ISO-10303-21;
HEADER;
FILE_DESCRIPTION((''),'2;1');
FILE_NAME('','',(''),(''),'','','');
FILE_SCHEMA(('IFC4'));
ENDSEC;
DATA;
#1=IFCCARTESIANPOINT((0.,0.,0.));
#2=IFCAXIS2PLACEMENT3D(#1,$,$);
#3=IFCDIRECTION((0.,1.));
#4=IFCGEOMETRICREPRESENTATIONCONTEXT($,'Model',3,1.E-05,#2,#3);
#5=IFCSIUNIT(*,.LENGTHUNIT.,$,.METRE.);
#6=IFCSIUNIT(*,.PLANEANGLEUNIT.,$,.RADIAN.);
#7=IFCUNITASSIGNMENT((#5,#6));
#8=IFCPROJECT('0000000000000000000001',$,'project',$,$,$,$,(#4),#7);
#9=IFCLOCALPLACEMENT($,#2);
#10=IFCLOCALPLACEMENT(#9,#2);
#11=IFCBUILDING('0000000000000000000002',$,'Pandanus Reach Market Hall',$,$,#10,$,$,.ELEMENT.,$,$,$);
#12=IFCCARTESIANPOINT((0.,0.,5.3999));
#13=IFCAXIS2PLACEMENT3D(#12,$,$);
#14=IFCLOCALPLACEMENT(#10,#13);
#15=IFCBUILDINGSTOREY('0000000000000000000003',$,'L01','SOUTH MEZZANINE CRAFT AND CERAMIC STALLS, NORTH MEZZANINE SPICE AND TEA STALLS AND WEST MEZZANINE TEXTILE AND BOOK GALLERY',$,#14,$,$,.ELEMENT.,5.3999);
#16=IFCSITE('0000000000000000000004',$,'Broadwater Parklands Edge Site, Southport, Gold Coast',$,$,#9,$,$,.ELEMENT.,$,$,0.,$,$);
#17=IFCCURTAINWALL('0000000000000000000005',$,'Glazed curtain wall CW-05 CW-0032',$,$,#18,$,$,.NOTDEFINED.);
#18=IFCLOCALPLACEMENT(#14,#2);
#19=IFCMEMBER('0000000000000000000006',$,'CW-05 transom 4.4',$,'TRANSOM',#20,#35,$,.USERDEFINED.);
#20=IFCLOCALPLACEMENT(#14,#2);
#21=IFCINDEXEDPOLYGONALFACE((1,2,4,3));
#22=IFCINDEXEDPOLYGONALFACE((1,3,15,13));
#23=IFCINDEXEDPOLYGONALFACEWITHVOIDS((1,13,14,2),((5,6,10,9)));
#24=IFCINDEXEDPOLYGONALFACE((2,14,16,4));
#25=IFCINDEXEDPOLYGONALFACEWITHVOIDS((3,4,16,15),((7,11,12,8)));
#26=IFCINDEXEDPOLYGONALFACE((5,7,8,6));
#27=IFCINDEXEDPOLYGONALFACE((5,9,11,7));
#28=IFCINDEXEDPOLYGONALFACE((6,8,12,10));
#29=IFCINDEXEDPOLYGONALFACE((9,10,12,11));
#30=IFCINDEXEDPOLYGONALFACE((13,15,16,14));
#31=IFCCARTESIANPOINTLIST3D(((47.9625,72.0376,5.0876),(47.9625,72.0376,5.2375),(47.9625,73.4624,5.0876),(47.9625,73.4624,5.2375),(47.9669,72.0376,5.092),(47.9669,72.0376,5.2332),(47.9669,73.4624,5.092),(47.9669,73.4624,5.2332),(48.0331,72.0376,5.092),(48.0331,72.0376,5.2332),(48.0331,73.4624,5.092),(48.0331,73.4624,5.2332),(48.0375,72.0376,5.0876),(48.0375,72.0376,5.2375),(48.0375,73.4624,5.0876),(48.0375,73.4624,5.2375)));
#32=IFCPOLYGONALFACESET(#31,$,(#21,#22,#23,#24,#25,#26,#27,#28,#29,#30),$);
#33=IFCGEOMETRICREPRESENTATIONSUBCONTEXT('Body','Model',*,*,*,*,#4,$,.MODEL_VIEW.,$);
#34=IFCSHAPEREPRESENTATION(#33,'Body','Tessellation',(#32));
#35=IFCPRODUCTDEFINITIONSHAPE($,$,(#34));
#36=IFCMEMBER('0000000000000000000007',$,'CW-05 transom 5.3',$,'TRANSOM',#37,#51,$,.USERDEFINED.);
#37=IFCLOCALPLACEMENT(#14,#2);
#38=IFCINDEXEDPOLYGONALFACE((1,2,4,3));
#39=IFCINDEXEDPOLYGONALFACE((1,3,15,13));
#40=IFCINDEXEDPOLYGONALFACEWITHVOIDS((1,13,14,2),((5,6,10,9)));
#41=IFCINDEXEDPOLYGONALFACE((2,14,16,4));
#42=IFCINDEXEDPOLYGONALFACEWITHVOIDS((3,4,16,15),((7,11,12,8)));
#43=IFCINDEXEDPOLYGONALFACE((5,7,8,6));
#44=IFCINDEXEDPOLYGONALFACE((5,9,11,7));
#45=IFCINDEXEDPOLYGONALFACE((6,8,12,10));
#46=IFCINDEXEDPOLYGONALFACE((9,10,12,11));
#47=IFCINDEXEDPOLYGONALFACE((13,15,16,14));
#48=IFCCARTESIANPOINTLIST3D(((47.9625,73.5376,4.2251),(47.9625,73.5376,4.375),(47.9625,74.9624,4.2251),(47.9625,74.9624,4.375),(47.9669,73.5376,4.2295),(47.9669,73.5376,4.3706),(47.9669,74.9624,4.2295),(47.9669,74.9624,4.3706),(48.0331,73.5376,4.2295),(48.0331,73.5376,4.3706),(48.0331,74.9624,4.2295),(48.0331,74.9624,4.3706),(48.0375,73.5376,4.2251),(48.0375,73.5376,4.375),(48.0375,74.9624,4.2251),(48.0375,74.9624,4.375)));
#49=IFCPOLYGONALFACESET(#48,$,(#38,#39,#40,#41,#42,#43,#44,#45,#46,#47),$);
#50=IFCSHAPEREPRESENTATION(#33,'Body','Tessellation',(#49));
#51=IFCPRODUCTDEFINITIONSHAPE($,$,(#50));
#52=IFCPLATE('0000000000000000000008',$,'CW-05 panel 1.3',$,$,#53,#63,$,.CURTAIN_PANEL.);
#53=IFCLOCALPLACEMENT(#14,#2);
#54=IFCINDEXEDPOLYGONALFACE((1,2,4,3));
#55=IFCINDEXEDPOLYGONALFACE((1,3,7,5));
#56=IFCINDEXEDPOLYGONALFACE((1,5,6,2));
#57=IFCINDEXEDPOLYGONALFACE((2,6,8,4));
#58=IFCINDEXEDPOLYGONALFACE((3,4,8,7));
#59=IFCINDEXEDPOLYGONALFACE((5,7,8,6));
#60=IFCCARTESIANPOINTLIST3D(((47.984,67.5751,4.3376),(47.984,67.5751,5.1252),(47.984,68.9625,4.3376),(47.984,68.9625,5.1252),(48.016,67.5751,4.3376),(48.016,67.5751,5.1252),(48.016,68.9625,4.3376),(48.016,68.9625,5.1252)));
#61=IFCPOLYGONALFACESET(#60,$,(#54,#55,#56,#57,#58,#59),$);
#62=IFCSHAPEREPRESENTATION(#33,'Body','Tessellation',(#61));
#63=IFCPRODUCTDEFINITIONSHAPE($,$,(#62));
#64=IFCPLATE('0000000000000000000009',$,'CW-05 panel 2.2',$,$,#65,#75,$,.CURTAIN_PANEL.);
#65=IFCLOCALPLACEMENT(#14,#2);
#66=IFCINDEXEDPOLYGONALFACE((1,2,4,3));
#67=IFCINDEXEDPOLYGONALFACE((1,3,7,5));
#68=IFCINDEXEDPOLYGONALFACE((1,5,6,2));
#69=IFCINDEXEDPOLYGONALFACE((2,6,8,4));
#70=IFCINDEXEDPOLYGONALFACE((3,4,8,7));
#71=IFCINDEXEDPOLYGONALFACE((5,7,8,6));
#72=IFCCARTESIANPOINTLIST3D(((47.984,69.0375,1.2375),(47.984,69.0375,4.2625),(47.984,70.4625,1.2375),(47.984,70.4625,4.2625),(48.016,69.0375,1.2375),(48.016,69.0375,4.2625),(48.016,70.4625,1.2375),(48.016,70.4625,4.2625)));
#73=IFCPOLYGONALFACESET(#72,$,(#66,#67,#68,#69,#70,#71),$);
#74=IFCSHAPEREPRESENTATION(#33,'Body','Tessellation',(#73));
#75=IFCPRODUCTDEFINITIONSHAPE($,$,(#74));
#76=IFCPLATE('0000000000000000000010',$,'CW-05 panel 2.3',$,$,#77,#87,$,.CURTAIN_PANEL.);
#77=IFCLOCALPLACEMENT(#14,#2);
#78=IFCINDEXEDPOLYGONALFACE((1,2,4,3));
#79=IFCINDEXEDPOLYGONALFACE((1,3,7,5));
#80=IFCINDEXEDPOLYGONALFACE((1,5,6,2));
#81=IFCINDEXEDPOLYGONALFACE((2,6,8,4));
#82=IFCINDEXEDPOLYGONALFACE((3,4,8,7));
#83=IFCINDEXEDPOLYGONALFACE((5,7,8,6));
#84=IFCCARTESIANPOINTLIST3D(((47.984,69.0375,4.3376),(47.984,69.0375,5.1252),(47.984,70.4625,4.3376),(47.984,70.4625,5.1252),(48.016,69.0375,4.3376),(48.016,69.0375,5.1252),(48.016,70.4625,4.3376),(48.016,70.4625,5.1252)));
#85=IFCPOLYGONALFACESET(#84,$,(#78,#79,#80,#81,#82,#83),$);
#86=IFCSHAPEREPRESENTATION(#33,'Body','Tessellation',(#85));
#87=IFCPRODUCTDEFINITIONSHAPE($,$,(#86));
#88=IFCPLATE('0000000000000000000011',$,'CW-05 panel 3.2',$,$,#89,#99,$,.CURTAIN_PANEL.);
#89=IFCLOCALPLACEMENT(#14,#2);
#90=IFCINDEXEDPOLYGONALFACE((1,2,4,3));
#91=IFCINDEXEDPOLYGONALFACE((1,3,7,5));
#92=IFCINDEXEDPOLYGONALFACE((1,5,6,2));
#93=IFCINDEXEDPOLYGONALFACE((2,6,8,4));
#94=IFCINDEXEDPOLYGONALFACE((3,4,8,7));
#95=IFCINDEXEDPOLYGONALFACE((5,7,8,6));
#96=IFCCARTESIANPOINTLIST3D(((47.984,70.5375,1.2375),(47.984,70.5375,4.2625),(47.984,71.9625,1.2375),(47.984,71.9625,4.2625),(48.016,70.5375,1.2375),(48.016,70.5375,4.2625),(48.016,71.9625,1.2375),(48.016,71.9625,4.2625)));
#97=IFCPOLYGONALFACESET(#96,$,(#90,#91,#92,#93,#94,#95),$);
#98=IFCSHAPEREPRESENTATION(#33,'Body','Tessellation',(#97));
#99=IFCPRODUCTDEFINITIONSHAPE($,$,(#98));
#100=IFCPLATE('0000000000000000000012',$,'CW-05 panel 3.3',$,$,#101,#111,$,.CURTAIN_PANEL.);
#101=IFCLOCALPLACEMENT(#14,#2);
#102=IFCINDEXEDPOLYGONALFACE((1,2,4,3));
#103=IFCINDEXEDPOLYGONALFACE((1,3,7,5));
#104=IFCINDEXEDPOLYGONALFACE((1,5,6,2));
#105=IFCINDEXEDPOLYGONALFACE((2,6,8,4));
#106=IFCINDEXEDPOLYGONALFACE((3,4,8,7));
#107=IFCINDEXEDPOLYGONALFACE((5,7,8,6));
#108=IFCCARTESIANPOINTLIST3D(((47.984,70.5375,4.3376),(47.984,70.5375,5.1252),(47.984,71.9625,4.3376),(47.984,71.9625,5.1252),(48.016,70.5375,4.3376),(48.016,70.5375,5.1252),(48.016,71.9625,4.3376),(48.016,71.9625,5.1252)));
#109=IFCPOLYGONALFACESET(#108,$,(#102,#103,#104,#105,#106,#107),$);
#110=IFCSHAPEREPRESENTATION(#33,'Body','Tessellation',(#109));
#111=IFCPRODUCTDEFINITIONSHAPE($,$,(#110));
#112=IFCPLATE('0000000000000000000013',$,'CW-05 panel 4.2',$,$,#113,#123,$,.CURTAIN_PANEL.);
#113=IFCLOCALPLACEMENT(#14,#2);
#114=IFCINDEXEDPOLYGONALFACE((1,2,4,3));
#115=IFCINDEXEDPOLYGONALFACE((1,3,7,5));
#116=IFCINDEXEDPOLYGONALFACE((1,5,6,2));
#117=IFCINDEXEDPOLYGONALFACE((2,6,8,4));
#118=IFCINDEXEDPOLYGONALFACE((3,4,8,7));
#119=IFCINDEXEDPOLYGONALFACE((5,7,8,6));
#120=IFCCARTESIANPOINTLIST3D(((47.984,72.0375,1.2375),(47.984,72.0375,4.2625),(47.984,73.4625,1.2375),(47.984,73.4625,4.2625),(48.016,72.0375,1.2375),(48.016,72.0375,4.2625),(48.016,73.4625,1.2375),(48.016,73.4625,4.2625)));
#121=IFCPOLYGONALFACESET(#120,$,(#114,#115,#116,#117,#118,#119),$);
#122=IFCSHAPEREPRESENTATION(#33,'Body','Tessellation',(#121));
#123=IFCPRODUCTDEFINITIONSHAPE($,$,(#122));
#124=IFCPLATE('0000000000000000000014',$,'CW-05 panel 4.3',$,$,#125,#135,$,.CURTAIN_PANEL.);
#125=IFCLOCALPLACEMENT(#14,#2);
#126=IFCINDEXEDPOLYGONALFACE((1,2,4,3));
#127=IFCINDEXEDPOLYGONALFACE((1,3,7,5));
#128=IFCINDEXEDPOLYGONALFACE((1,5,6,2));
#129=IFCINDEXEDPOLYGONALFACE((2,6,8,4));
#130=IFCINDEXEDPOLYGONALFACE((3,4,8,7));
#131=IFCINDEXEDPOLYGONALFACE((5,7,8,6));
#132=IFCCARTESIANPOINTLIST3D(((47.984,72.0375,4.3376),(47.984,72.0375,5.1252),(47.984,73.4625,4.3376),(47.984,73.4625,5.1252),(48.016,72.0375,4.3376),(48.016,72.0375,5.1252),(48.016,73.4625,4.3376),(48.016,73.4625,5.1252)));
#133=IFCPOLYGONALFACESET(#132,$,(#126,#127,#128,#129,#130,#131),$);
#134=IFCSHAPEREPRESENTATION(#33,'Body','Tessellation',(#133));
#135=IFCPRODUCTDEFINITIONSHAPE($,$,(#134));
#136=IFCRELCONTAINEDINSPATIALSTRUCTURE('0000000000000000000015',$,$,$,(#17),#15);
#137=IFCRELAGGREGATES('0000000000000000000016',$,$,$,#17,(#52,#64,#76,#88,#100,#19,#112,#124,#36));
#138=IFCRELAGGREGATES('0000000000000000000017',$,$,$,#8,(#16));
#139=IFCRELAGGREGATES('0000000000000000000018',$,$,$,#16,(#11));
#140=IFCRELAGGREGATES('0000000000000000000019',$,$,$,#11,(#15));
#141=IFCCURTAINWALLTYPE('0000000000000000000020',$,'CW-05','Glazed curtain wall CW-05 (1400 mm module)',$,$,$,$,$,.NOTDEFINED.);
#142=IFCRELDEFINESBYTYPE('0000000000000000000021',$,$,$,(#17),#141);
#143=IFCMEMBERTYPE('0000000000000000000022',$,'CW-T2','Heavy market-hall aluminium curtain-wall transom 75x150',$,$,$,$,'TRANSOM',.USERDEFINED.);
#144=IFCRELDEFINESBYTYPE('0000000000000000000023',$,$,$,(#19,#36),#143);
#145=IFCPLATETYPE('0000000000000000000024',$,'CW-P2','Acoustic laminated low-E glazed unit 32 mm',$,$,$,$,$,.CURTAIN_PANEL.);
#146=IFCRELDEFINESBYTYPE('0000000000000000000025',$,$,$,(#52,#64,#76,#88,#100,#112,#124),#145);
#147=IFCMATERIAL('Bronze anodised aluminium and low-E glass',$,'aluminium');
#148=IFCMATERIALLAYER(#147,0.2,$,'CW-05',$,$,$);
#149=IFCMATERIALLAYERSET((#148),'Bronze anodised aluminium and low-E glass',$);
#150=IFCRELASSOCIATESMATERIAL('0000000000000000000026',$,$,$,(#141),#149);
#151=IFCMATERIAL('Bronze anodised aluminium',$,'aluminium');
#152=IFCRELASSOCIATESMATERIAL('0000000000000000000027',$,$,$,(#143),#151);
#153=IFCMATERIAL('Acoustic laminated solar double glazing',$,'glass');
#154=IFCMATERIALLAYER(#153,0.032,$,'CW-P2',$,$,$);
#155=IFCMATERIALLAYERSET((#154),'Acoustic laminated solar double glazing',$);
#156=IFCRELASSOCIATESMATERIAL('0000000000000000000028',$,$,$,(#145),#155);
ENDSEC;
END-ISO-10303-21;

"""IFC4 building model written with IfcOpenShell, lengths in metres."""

from ifc_helpers import new_model, si_unit, direction, frame, origin, origin_2d, place, context, subcontext, project, spatial, rectangle, hollow_rectangle, extrude, material, layer, layer_set, material_profile, profile_set, type_object, element, aggregate, save


model = new_model("IFC4")

# Units and contexts
model_context = context("Model", 3, precision=1e-05, world=origin(), true_north=direction((0.0, 1.0)))
body_context = subcontext(model_context, "Body", "Model", "MODEL_VIEW")
ifc_project = project(units=[si_unit("LENGTHUNIT", "METRE"), si_unit("PLANEANGLEUNIT", "RADIAN")], contexts=[model_context])

# Site, building, storey
site_placement = place(None, origin())
site = spatial("IfcSite", under=ifc_project, at=site_placement, Name="Broadwater Parklands Edge Site, Southport, Gold Coast", CompositionType="ELEMENT", RefElevation=0.0)
building_placement = place(site_placement, origin())
building = spatial("IfcBuilding", under=site, at=building_placement, Name="Pandanus Reach Market Hall", CompositionType="ELEMENT")
storey_placement = place(building_placement, frame((0.0, 0.0, 5.3999)))
storey = spatial("IfcBuildingStorey", under=building, at=storey_placement, Name="L01", Description="SOUTH MEZZANINE CRAFT AND CERAMIC STALLS, NORTH MEZZANINE SPICE AND TEA STALLS AND WEST MEZZANINE TEXTILE AND BOOK GALLERY", CompositionType="ELEMENT", Elevation=5.3999)

# Curtain wall, members, plates
ifc_material_1 = material(Name="Bronze anodised aluminium and low-E glass", Category="aluminium")
ifc_layer_1 = layer(ifc_material_1, 0.2, Name="CW-05")
ifc_layer_set_1 = layer_set([ifc_layer_1], Name="Bronze anodised aluminium and low-E glass")
curtain_wall_type = type_object("IfcCurtainWallType", Name="CW-05", Description="Glazed curtain wall CW-05 (1400 mm module)", PredefinedType="NOTDEFINED", material=ifc_layer_set_1)
curtain_wall_placement = place(storey_placement, origin())
curtain_wall = element("IfcCurtainWall", 1, at=curtain_wall_placement, inside=storey, type_object=curtain_wall_type, Name="Glazed curtain wall CW-05 CW-0032", PredefinedType="NOTDEFINED")
ifc_material_2 = material(Name="Bronze anodised aluminium", Category="aluminium")
ifc_material_profile_1 = material_profile(ifc_material_2, hollow_rectangle(XDim=0.075, YDim=0.1499, WallThickness=0.0044, at=origin_2d()), Name="ALU75x150", Category="LoadBearing")
ifc_profile_set_1 = profile_set([ifc_material_profile_1], Name="Bronze anodised aluminium")
member_type_1 = type_object("IfcMemberType", Name="CW-T2", Description="Heavy market-hall aluminium curtain-wall transom 75x150", ElementType="TRANSOM", PredefinedType="USERDEFINED", material=ifc_profile_set_1)
member_1_placement = place(storey_placement, frame((48.0, 72.0376, 5.1626), z_axis=(0.0, 1.0, 0.0), x_axis=(-1.0, 0.0, 0.0)))
member_1 = element("IfcMember", 2, at=member_1_placement, type_object=member_type_1, Name="CW-05 transom 4.4", ObjectType="TRANSOM", PredefinedType="USERDEFINED", context=body_context, shape_type="SweptSolid", body=[
    extrude(hollow_rectangle(XDim=0.075, YDim=0.1499, WallThickness=0.0044, at=origin_2d()), origin(), (0.0, 0.0, 1.0), 1.4248),
])
member_2_placement = place(storey_placement, frame((48.0, 73.5376, 4.3), z_axis=(0.0, 1.0, 0.0), x_axis=(-1.0, 0.0, 0.0)))
member_2 = element("IfcMember", 3, at=member_2_placement, type_object=member_type_1, Name="CW-05 transom 5.3", ObjectType="TRANSOM", PredefinedType="USERDEFINED", context=body_context, shape_type="SweptSolid", body=[
    extrude(hollow_rectangle(XDim=0.075, YDim=0.1499, WallThickness=0.0044, at=origin_2d()), origin(), (0.0, 0.0, 1.0), 1.4248),
])
ifc_material_3 = material(Name="Acoustic laminated solar double glazing", Category="glass")
ifc_layer_2 = layer(ifc_material_3, 0.032, Name="CW-P2")
ifc_layer_set_2 = layer_set([ifc_layer_2], Name="Acoustic laminated solar double glazing")
plate_type = type_object("IfcPlateType", Name="CW-P2", Description="Acoustic laminated low-E glazed unit 32 mm", PredefinedType="CURTAIN_PANEL", material=ifc_layer_set_2)
plate_1_placement = place(storey_placement, frame((48.0, 68.2688, 4.3376), z_axis=(0.0, 0.0, 1.0), x_axis=(0.0, 1.0, 0.0)))
plate_1 = element("IfcPlate", 4, at=plate_1_placement, type_object=plate_type, Name="CW-05 panel 1.3", PredefinedType="CURTAIN_PANEL", context=body_context, shape_type="SweptSolid", body=[
    extrude(rectangle(XDim=1.3875, YDim=0.032, at=origin_2d()), origin(), (0.0, 0.0, 1.0), 0.7876),
])
plate_2_placement = place(storey_placement, frame((48.0, 69.75, 1.2375), z_axis=(0.0, 0.0, 1.0), x_axis=(0.0, 1.0, 0.0)))
plate_2 = element("IfcPlate", 5, at=plate_2_placement, type_object=plate_type, Name="CW-05 panel 2.2", PredefinedType="CURTAIN_PANEL", context=body_context, shape_type="SweptSolid", body=[
    extrude(rectangle(XDim=1.425, YDim=0.032, at=origin_2d()), origin(), (0.0, 0.0, 1.0), 3.0249),
])
plate_3_placement = place(storey_placement, frame((48.0, 69.75, 4.3376), z_axis=(0.0, 0.0, 1.0), x_axis=(0.0, 1.0, 0.0)))
plate_3 = element("IfcPlate", 6, at=plate_3_placement, type_object=plate_type, Name="CW-05 panel 2.3", PredefinedType="CURTAIN_PANEL", context=body_context, shape_type="SweptSolid", body=[
    extrude(rectangle(XDim=1.425, YDim=0.032, at=origin_2d()), origin(), (0.0, 0.0, 1.0), 0.7876),
])
plate_4_placement = place(storey_placement, frame((48.0, 71.25, 1.2375), z_axis=(0.0, 0.0, 1.0), x_axis=(0.0, 1.0, 0.0)))
plate_4 = element("IfcPlate", 7, at=plate_4_placement, type_object=plate_type, Name="CW-05 panel 3.2", PredefinedType="CURTAIN_PANEL", context=body_context, shape_type="SweptSolid", body=[
    extrude(rectangle(XDim=1.425, YDim=0.032, at=origin_2d()), origin(), (0.0, 0.0, 1.0), 3.0249),
])
plate_5_placement = place(storey_placement, frame((48.0, 71.25, 4.3376), z_axis=(0.0, 0.0, 1.0), x_axis=(0.0, 1.0, 0.0)))
plate_5 = element("IfcPlate", 8, at=plate_5_placement, type_object=plate_type, Name="CW-05 panel 3.3", PredefinedType="CURTAIN_PANEL", context=body_context, shape_type="SweptSolid", body=[
    extrude(rectangle(XDim=1.425, YDim=0.032, at=origin_2d()), origin(), (0.0, 0.0, 1.0), 0.7876),
])
plate_6_placement = place(storey_placement, frame((48.0, 72.75, 1.2375), z_axis=(0.0, 0.0, 1.0), x_axis=(0.0, 1.0, 0.0)))
plate_6 = element("IfcPlate", 9, at=plate_6_placement, type_object=plate_type, Name="CW-05 panel 4.2", PredefinedType="CURTAIN_PANEL", context=body_context, shape_type="SweptSolid", body=[
    extrude(rectangle(XDim=1.425, YDim=0.032, at=origin_2d()), origin(), (0.0, 0.0, 1.0), 3.0249),
])
plate_7_placement = place(storey_placement, frame((48.0, 72.75, 4.3376), z_axis=(0.0, 0.0, 1.0), x_axis=(0.0, 1.0, 0.0)))
plate_7 = element("IfcPlate", 10, at=plate_7_placement, type_object=plate_type, Name="CW-05 panel 4.3", PredefinedType="CURTAIN_PANEL", context=body_context, shape_type="SweptSolid", body=[
    extrude(rectangle(XDim=1.425, YDim=0.032, at=origin_2d()), origin(), (0.0, 0.0, 1.0), 0.7876),
])
aggregate(curtain_wall, [plate_1, plate_2, plate_3, plate_4, plate_5, member_1, plate_6, plate_7, member_2])

save(model, "model.ifc")
